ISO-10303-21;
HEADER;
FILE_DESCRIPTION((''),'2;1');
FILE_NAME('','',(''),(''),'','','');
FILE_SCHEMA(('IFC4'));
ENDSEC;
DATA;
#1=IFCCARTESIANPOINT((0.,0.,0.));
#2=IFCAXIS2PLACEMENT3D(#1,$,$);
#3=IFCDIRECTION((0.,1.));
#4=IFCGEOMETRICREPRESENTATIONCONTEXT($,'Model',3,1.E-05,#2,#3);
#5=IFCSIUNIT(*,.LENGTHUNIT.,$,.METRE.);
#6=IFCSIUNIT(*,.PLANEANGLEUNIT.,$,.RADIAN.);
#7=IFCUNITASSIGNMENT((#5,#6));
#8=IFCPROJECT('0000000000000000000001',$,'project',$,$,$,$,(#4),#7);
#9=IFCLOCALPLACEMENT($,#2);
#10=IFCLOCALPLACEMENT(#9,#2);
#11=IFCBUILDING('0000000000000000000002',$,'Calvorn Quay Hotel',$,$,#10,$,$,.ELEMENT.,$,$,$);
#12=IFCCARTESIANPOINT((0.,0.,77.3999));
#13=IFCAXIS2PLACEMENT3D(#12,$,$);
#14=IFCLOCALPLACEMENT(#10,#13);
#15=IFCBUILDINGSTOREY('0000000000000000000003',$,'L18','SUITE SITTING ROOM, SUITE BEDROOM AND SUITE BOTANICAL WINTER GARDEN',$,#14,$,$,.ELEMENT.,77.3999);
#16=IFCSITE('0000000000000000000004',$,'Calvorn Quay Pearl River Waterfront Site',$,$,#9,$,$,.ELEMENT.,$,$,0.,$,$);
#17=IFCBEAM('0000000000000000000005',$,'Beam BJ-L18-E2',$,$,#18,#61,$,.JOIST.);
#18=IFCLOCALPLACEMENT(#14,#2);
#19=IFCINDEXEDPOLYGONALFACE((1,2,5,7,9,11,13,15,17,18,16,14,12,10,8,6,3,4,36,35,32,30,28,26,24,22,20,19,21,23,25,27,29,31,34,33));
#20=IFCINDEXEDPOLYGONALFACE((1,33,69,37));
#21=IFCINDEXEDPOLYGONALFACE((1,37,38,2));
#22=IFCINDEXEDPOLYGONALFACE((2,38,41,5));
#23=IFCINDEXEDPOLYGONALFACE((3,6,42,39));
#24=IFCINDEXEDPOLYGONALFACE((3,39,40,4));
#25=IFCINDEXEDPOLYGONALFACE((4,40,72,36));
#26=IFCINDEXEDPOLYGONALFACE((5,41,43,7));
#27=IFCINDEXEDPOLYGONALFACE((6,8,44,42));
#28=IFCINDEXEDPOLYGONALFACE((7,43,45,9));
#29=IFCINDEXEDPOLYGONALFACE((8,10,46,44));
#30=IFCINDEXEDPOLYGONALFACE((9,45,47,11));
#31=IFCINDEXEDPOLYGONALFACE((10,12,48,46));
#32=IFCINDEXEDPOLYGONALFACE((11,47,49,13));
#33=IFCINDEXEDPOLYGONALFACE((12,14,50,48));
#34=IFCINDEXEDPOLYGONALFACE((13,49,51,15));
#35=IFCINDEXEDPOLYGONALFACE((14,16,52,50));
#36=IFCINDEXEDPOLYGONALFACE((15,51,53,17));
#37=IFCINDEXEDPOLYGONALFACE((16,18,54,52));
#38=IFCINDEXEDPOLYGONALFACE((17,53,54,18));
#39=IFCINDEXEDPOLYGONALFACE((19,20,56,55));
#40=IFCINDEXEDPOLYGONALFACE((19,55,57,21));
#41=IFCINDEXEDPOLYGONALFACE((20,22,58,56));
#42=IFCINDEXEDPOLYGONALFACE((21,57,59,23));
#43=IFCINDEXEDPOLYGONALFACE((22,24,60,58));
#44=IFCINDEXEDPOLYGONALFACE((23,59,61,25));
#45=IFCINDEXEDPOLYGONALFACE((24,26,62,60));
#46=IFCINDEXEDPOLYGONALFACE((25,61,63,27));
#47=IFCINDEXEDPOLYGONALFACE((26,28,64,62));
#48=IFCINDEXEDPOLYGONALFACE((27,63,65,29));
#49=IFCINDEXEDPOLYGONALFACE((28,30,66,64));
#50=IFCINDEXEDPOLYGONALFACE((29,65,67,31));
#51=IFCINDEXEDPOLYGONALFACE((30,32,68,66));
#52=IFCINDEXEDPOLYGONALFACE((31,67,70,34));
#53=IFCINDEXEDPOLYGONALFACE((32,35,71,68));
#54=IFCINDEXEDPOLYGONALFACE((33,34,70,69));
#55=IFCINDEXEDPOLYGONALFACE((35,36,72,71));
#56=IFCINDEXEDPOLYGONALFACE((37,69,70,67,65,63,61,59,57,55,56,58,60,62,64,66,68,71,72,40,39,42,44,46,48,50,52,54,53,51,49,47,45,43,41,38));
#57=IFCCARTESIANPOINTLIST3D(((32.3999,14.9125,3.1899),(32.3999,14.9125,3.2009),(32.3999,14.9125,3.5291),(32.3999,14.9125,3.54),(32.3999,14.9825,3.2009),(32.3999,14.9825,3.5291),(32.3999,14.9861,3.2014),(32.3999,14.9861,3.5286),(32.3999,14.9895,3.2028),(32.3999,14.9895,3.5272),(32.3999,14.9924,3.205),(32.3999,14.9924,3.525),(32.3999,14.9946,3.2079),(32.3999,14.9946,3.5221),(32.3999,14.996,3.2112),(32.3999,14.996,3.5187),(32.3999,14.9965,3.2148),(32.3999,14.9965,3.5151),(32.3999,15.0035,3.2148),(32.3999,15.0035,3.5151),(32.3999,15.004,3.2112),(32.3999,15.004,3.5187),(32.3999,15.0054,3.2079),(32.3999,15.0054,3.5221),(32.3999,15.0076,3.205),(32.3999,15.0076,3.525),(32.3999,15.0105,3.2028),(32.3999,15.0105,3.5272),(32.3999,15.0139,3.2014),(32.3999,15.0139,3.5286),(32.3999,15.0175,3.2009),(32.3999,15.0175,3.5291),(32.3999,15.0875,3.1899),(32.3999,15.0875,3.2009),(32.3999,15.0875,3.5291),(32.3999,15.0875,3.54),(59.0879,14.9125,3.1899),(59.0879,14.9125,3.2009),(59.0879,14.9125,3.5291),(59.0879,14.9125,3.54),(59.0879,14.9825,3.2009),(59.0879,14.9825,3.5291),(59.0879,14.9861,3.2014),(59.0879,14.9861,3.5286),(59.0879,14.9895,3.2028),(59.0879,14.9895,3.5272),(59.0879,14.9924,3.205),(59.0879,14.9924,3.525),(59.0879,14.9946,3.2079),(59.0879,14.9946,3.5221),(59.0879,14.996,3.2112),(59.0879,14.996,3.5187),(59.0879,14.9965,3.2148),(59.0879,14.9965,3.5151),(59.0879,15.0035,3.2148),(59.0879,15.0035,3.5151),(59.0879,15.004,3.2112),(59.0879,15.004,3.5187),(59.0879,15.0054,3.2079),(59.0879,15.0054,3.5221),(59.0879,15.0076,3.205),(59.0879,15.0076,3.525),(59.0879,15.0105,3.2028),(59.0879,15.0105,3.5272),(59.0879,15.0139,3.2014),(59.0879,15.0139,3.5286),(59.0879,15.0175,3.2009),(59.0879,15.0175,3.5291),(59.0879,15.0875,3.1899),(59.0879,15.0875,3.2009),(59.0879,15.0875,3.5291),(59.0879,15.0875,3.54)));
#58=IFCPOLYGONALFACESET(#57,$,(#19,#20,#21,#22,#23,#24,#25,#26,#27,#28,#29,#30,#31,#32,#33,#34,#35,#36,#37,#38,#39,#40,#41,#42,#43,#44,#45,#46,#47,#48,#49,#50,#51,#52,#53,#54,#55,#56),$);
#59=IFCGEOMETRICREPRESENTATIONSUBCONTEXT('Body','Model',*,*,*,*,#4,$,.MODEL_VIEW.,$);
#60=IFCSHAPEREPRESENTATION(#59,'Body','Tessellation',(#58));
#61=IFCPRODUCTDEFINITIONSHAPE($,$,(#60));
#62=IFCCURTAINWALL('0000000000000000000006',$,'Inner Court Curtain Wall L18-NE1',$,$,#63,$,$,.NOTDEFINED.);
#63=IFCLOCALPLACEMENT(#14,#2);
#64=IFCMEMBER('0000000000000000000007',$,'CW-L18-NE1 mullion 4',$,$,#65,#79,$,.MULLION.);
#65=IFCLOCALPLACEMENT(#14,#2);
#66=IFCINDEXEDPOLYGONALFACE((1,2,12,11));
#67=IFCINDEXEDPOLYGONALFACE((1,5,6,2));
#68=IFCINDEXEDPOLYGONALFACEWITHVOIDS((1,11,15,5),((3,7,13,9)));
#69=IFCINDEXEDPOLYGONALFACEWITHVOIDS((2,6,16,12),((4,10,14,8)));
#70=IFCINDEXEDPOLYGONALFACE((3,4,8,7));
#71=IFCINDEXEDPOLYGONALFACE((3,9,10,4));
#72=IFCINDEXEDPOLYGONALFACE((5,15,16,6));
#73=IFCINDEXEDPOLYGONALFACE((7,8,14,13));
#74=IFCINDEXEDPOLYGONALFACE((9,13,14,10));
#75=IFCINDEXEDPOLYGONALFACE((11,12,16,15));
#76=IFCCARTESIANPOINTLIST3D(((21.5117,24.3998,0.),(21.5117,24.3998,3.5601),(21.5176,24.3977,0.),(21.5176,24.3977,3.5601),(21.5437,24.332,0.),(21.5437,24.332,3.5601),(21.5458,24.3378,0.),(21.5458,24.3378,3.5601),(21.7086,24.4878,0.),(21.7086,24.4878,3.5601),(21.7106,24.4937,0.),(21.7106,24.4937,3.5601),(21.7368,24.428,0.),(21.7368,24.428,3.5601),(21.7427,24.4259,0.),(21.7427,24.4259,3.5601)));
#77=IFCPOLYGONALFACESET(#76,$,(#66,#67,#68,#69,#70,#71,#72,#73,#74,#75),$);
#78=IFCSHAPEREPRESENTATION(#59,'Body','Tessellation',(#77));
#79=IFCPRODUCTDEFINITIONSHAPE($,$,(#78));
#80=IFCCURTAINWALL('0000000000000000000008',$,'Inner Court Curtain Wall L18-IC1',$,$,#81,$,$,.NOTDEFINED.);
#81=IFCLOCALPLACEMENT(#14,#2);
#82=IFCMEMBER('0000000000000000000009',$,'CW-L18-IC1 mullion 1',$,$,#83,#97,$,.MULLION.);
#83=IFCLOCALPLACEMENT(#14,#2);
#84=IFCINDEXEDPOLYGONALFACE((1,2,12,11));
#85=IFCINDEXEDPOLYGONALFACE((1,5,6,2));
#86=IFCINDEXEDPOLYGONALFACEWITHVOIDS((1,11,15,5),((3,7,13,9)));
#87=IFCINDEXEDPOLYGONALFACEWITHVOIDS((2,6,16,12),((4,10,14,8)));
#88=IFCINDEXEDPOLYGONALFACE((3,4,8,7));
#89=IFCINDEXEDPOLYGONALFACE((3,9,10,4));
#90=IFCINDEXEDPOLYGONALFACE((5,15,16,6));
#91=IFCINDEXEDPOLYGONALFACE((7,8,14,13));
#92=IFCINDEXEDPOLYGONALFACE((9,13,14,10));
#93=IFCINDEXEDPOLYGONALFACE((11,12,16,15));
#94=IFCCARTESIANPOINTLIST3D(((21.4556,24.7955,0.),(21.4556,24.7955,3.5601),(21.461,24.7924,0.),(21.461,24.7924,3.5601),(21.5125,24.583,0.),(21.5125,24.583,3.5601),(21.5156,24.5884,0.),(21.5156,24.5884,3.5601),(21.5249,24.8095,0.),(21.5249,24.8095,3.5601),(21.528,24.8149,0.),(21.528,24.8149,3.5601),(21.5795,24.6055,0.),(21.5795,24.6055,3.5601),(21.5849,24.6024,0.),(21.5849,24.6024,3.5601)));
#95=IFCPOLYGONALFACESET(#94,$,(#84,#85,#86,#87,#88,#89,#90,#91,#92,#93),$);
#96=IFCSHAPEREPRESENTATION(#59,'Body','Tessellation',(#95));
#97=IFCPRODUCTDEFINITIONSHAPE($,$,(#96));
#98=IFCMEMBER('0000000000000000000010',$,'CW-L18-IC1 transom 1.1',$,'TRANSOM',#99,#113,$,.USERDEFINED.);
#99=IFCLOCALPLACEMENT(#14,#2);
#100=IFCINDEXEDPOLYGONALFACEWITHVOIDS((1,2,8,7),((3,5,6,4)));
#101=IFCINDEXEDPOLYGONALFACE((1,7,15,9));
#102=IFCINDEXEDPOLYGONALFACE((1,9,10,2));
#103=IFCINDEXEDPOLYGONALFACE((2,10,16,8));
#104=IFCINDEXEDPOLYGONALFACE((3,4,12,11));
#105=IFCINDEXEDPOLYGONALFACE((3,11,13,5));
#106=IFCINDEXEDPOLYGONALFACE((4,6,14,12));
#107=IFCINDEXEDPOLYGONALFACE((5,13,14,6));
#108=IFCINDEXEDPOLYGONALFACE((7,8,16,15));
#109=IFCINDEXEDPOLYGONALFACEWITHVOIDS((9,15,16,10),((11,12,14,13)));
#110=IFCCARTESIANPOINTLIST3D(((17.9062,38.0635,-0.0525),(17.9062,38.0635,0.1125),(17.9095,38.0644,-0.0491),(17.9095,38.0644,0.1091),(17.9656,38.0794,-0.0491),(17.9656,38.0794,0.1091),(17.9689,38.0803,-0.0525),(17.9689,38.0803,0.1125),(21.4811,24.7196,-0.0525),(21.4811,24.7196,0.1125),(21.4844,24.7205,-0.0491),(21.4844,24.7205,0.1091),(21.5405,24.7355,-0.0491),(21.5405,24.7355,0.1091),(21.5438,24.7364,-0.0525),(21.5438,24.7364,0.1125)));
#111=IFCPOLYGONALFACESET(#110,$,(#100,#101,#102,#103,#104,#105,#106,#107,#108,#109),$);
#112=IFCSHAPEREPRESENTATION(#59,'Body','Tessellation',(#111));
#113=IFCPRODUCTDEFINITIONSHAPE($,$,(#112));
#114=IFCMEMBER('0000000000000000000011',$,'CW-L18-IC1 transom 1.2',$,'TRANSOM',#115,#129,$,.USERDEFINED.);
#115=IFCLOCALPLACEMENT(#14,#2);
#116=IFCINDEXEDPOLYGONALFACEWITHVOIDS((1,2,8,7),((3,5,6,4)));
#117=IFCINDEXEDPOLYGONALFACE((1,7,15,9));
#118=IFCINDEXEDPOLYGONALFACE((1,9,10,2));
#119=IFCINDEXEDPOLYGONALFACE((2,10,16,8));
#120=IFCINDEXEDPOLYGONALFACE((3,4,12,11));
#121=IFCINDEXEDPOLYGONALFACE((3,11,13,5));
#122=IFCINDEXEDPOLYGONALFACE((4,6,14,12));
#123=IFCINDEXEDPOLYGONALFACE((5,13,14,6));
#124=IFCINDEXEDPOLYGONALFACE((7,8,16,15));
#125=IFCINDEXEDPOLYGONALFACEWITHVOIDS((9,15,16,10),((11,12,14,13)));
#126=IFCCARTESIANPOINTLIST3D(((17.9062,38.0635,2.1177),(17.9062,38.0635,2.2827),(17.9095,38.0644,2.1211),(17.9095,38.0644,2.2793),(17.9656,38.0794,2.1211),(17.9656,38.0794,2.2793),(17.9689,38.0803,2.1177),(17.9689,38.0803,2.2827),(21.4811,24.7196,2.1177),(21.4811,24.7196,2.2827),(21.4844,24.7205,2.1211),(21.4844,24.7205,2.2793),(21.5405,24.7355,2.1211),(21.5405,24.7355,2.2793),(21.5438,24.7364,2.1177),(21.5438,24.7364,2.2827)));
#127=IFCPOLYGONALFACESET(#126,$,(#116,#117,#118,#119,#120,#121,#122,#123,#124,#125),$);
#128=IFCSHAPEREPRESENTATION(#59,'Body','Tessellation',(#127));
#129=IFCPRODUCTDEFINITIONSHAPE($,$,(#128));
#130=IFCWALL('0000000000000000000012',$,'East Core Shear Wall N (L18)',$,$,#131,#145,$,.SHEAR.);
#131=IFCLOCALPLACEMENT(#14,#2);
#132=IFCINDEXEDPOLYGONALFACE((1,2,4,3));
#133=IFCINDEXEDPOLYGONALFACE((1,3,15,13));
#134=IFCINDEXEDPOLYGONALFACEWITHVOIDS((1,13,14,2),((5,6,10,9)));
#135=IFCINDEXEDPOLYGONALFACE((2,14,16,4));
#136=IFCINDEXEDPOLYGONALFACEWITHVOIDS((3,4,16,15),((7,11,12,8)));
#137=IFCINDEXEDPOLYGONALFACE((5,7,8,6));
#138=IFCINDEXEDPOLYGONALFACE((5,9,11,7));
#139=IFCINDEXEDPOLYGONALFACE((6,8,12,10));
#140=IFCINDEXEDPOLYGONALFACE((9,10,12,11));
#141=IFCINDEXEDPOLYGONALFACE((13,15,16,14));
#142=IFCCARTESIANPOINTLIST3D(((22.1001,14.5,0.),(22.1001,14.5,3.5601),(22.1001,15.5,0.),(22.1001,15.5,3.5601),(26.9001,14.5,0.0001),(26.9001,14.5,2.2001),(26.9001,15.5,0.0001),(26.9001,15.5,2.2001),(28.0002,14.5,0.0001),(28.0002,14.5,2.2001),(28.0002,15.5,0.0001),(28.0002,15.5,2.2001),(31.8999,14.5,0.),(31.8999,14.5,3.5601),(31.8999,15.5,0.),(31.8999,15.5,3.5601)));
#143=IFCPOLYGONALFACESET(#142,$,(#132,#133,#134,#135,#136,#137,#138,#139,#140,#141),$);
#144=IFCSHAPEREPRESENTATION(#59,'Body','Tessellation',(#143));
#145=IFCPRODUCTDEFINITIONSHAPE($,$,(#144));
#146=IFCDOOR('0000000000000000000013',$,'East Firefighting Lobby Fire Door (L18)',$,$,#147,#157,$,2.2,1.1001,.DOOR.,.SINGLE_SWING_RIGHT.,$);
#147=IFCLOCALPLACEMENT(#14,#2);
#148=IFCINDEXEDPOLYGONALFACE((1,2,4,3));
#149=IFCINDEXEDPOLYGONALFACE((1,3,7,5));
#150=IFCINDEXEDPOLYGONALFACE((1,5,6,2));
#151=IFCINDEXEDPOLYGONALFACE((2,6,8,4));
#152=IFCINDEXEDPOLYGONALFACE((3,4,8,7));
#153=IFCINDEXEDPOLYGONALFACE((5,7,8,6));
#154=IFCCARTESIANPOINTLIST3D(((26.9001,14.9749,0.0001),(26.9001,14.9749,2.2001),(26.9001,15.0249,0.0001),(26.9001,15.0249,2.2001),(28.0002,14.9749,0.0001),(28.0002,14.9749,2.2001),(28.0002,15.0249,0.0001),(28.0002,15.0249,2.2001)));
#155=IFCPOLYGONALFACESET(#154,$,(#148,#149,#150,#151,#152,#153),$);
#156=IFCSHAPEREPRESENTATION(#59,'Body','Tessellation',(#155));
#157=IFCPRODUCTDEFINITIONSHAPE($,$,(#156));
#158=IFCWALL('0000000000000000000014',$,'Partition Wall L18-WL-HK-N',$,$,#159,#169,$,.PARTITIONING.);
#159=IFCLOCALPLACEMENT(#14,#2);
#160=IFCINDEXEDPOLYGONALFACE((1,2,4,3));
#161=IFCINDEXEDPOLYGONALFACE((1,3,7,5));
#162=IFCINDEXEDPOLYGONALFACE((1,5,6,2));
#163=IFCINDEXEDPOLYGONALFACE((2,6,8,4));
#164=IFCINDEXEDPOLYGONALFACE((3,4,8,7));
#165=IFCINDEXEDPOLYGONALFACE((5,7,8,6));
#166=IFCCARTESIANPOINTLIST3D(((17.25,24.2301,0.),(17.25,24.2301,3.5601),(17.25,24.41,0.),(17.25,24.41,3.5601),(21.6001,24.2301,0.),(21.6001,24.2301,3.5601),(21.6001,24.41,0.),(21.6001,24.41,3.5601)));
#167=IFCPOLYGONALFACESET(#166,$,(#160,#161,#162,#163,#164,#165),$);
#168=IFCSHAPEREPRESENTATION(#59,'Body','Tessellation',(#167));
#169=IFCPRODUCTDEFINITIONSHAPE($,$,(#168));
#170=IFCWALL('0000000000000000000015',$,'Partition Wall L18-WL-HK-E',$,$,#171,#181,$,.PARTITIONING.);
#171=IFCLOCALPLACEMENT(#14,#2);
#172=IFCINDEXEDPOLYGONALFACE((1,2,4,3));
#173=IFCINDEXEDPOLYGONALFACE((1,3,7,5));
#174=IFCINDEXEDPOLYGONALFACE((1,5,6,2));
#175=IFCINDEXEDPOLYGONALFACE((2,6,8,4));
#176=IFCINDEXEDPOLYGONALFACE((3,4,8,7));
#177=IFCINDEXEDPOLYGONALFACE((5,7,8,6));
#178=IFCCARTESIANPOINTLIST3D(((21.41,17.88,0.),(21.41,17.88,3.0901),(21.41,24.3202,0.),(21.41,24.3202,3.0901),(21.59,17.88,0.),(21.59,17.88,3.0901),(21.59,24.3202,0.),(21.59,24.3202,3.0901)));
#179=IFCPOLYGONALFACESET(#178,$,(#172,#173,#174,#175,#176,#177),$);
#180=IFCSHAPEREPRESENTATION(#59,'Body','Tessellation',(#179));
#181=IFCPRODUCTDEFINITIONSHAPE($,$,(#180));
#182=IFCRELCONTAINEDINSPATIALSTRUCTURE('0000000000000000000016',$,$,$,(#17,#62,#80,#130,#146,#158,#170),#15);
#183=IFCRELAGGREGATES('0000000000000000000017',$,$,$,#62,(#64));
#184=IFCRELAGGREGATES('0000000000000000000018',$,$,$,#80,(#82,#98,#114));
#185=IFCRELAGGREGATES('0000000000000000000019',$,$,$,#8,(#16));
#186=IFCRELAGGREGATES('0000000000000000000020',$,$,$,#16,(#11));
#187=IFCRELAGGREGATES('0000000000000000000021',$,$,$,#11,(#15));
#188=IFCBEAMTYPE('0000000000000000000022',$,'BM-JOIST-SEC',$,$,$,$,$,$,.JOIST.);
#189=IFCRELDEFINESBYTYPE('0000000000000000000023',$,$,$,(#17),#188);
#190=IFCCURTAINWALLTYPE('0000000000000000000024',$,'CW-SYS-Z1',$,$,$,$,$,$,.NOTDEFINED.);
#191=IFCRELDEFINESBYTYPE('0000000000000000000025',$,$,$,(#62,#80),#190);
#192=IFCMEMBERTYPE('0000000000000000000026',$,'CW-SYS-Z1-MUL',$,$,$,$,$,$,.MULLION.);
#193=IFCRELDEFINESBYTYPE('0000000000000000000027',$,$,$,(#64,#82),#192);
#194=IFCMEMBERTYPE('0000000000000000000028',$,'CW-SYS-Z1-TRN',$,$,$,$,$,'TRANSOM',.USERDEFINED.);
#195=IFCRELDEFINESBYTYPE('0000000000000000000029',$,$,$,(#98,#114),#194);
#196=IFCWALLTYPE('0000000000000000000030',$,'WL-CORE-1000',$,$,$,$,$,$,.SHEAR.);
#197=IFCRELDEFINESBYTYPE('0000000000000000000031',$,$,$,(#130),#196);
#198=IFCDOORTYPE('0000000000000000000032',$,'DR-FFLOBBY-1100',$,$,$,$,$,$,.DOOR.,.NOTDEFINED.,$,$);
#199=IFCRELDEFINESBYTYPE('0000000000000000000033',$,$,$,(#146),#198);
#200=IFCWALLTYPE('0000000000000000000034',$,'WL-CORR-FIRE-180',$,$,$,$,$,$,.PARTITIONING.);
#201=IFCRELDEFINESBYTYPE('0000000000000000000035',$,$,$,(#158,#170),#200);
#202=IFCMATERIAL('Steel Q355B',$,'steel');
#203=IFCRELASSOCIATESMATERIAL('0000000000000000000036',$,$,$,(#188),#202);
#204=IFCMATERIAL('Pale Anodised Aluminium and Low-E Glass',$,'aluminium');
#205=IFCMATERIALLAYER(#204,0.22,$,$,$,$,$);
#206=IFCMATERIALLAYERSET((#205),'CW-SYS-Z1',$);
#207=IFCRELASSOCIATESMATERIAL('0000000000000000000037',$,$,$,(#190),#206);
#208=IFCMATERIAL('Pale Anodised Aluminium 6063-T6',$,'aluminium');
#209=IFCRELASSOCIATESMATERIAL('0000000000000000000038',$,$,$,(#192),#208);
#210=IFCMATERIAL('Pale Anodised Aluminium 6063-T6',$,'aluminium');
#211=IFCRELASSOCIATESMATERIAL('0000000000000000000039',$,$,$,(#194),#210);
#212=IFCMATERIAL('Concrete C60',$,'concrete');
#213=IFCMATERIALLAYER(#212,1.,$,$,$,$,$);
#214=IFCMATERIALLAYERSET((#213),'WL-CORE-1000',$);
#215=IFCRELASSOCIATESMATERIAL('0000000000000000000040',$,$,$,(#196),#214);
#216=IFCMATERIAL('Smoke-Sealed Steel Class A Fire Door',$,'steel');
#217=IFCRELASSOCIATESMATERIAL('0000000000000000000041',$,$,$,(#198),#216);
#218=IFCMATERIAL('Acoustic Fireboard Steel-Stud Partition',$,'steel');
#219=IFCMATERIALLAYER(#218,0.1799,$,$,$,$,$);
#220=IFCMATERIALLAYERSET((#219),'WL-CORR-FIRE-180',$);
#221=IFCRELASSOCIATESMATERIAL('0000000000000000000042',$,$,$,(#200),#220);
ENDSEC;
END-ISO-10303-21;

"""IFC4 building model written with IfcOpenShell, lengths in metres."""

from ifc_helpers import new_model, si_unit, direction, frame, frame_2d, origin, origin_2d, place, context, subcontext, project, spatial, rectangle, hollow_rectangle, i_section, extrude, material, layer, layer_set, material_profile, profile_set, type_object, element, fill, aggregate, save


model = new_model("IFC4")

# Units and contexts
model_context = context("Model", 3, precision=1e-05, world=origin(), true_north=direction((0.0, 1.0)))
body_context = subcontext(model_context, "Body", "Model", "MODEL_VIEW")
ifc_project = project(units=[si_unit("LENGTHUNIT", "METRE"), si_unit("PLANEANGLEUNIT", "RADIAN")], contexts=[model_context])

# Site, building, storey
site_placement = place(None, origin())
site = spatial("IfcSite", under=ifc_project, at=site_placement, Name="Calvorn Quay Pearl River Waterfront Site", CompositionType="ELEMENT", RefElevation=0.0)
building_placement = place(site_placement, origin())
building = spatial("IfcBuilding", under=site, at=building_placement, Name="Calvorn Quay Hotel", CompositionType="ELEMENT")
storey_placement = place(building_placement, frame((0.0, 0.0, 77.3999)))
storey = spatial("IfcBuildingStorey", under=building, at=storey_placement, Name="L18", Description="SUITE SITTING ROOM, SUITE BEDROOM AND SUITE BOTANICAL WINTER GARDEN", CompositionType="ELEMENT", Elevation=77.3999)

# Beam
ifc_material_1 = material(Name="Steel Q355B", Category="steel")
ifc_material_profile_1 = material_profile(ifc_material_1, i_section(OverallWidth=0.175, OverallDepth=0.3501, WebThickness=0.0071, FlangeThickness=0.011, FilletRadius=0.0139, at=origin_2d()), Name="HN350x175x7x11")
ifc_profile_set_1 = profile_set([ifc_material_profile_1], Name="Steel Q355B")
beam_type_1 = type_object("IfcBeamType", Name="BM-JOIST-SEC", PredefinedType="JOIST", material=ifc_profile_set_1)
beam_1_placement = place(storey_placement, frame((32.3999, 15.0, 3.365), z_axis=(1.0, 0.0, 0.0), x_axis=(0.0, 1.0, 0.0)))
element("IfcBeam", 1, at=beam_1_placement, inside=storey, type_object=beam_type_1, Name="Beam BJ-L18-E2", PredefinedType="JOIST", context=body_context, shape_type="SweptSolid", body=[
    extrude(i_section(OverallWidth=0.175, OverallDepth=0.3501, WebThickness=0.0071, FlangeThickness=0.011, FilletRadius=0.0139, at=origin_2d()), origin(), (0.0, 0.0, 1.0), 26.688),
])

# Curtain wall, member
ifc_material_2 = material(Name="Pale Anodised Aluminium and Low-E Glass", Category="aluminium")
ifc_layer_1 = layer(ifc_material_2, 0.22)
ifc_layer_set_1 = layer_set([ifc_layer_1], Name="CW-SYS-Z1")
curtain_wall_type = type_object("IfcCurtainWallType", Name="CW-SYS-Z1", PredefinedType="NOTDEFINED", material=ifc_layer_set_1)
curtain_wall_1_placement = place(storey_placement, origin())
curtain_wall_1 = element("IfcCurtainWall", 2, at=curtain_wall_1_placement, inside=storey, type_object=curtain_wall_type, Name="Inner Court Curtain Wall L18-NE1", PredefinedType="NOTDEFINED")
ifc_material_3 = material(Name="Pale Anodised Aluminium 6063-T6", Category="aluminium")
ifc_material_profile_2 = material_profile(ifc_material_3, hollow_rectangle(XDim=0.075, YDim=0.22, WallThickness=0.0044, at=origin_2d()), Name="ALU-M220x75x4.5")
ifc_profile_set_2 = profile_set([ifc_material_profile_2], Name="Pale Anodised Aluminium 6063-T6")
member_type_1 = type_object("IfcMemberType", Name="CW-SYS-Z1-MUL", PredefinedType="MULLION", material=ifc_profile_set_2)
member_1_placement = place(storey_placement, frame((21.6272, 24.4128, 0.0), z_axis=(0.0, 0.0, 1.0), x_axis=(0.427006, -0.904249, 0.0)))
member_1 = element("IfcMember", 3, at=member_1_placement, type_object=member_type_1, Name="CW-L18-NE1 mullion 4", PredefinedType="MULLION", context=body_context, shape_type="SweptSolid", body=[
    extrude(hollow_rectangle(XDim=0.075, YDim=0.22, WallThickness=0.0044, at=origin_2d()), origin(), (0.0, 0.0, 1.0), 3.5601),
])
aggregate(curtain_wall_1, [member_1])

# Curtain wall, members
curtain_wall_2_placement = place(storey_placement, origin())
curtain_wall_2 = element("IfcCurtainWall", 4, at=curtain_wall_2_placement, inside=storey, type_object=curtain_wall_type, Name="Inner Court Curtain Wall L18-IC1", PredefinedType="NOTDEFINED")
member_2_placement = place(storey_placement, frame((21.5203, 24.699, 0.0), z_axis=(0.0, 0.0, 1.0), x_axis=(-0.965937, -0.258779, 0.0)))
member_2 = element("IfcMember", 5, at=member_2_placement, type_object=member_type_1, Name="CW-L18-IC1 mullion 1", PredefinedType="MULLION", context=body_context, shape_type="SweptSolid", body=[
    extrude(hollow_rectangle(XDim=0.075, YDim=0.22, WallThickness=0.0044, at=origin_2d()), origin(), (0.0, 0.0, 1.0), 3.5601),
])
ifc_material_4 = material(Name="Pale Anodised Aluminium 6063-T6", Category="aluminium")
ifc_material_profile_3 = material_profile(ifc_material_4, hollow_rectangle(XDim=0.0649, YDim=0.165, WallThickness=0.0034, at=origin_2d()), Name="ALU-T165x65x3.5")
ifc_profile_set_3 = profile_set([ifc_material_profile_3], Name="Pale Anodised Aluminium 6063-T6")
member_type_2 = type_object("IfcMemberType", Name="CW-SYS-Z1-TRN", ElementType="TRANSOM", PredefinedType="USERDEFINED", material=ifc_profile_set_3)
member_3_placement = place(storey_placement, frame((21.5125, 24.728, 0.03), z_axis=(-0.258781, 0.965936, 0.0), x_axis=(-0.965936, -0.258781, 0.0)))
member_3 = element("IfcMember", 6, at=member_3_placement, type_object=member_type_2, Name="CW-L18-IC1 transom 1.1", ObjectType="TRANSOM", PredefinedType="USERDEFINED", context=body_context, shape_type="SweptSolid", body=[
    extrude(hollow_rectangle(XDim=0.0649, YDim=0.165, WallThickness=0.0034, at=origin_2d()), origin(), (0.0, 0.0, 1.0), 13.8145),
])
member_4_placement = place(storey_placement, frame((21.5125, 24.728, 2.2002), z_axis=(-0.258781, 0.965936, 0.0), x_axis=(-0.965936, -0.258781, 0.0)))
member_4 = element("IfcMember", 7, at=member_4_placement, type_object=member_type_2, Name="CW-L18-IC1 transom 1.2", ObjectType="TRANSOM", PredefinedType="USERDEFINED", context=body_context, shape_type="SweptSolid", body=[
    extrude(hollow_rectangle(XDim=0.0649, YDim=0.165, WallThickness=0.0034, at=origin_2d()), origin(), (0.0, 0.0, 1.0), 13.8145),
])
aggregate(curtain_wall_2, [member_2, member_3, member_4])

# Wall, opening, door
ifc_material_5 = material(Name="Concrete C60", Category="concrete")
ifc_layer_2 = layer(ifc_material_5, 1.0)
ifc_layer_set_2 = layer_set([ifc_layer_2], Name="WL-CORE-1000")
wall_type_1 = type_object("IfcWallType", Name="WL-CORE-1000", PredefinedType="SHEAR", material=ifc_layer_set_2)
wall_1_placement = place(storey_placement, frame((22.1001, 15.0, 0.0), z_axis=(0.0, 0.0, 1.0), x_axis=(1.0, 0.0, 0.0)))
wall_1 = element("IfcWall", 8, at=wall_1_placement, inside=storey, type_object=wall_type_1, Name="East Core Shear Wall N (L18)", PredefinedType="SHEAR", context=body_context, shape_type="SweptSolid", body=[
    extrude(rectangle(XDim=9.7998, YDim=1.0, at=frame_2d((4.8999, 0.0))), origin(), (0.0, 0.0, 1.0), 3.5601),
])
opening_1_placement = place(wall_1_placement, frame((4.8, 0.0, 0.0)))
opening_1 = element("IfcOpeningElement", 9, at=opening_1_placement, cuts=wall_1, PredefinedType="OPENING", context=body_context, shape_type="SweptSolid", body=[
    extrude(rectangle(XDim=1.1001, YDim=2.2, at=frame_2d((0.55, 1.1001))), frame((0.0, 0.51, 0.0), z_axis=(0.0, -1.0, 0.0), x_axis=(1.0, 0.0, 0.0)), (0.0, 0.0, 1.0), 1.02),
])
ifc_material_6 = material(Name="Smoke-Sealed Steel Class A Fire Door", Category="steel")
door_type_1 = type_object("IfcDoorType", Name="DR-FFLOBBY-1100", OperationType="NOTDEFINED", PredefinedType="DOOR", material=ifc_material_6)
door_1_placement = place(opening_1_placement, origin())
door_1 = element("IfcDoor", 10, at=door_1_placement, inside=storey, type_object=door_type_1, Name="East Firefighting Lobby Fire Door (L18)", OperationType="SINGLE_SWING_RIGHT", OverallHeight=2.2, OverallWidth=1.1001, PredefinedType="DOOR", context=body_context, shape_type="SweptSolid", body=[
    extrude(rectangle(XDim=1.1001, YDim=2.2, at=frame_2d((0.55, 1.1001))), frame((0.0, 0.0249, 0.0), z_axis=(0.0, -1.0, 0.0), x_axis=(1.0, 0.0, 0.0)), (0.0, 0.0, 1.0), 0.05),
])
fill(opening_1, door_1)

# Walls
ifc_material_7 = material(Name="Acoustic Fireboard Steel-Stud Partition", Category="steel")
ifc_layer_3 = layer(ifc_material_7, 0.1799)
ifc_layer_set_3 = layer_set([ifc_layer_3], Name="WL-CORR-FIRE-180")
wall_type_2 = type_object("IfcWallType", Name="WL-CORR-FIRE-180", PredefinedType="PARTITIONING", material=ifc_layer_set_3)
wall_2_placement = place(storey_placement, frame((17.25, 24.3201, 0.0), z_axis=(0.0, 0.0, 1.0), x_axis=(1.0, 0.0, 0.0)))
element("IfcWall", 11, at=wall_2_placement, inside=storey, type_object=wall_type_2, Name="Partition Wall L18-WL-HK-N", PredefinedType="PARTITIONING", context=body_context, shape_type="SweptSolid", body=[
    extrude(rectangle(XDim=4.3501, YDim=0.1799, at=frame_2d((2.175, 0.0))), origin(), (0.0, 0.0, 1.0), 3.5601),
])
wall_3_placement = place(storey_placement, frame((21.5, 17.8799, 0.0), z_axis=(0.0, 0.0, 1.0), x_axis=(0.0, 1.0, 0.0)))
element("IfcWall", 12, at=wall_3_placement, inside=storey, type_object=wall_type_2, Name="Partition Wall L18-WL-HK-E", PredefinedType="PARTITIONING", context=body_context, shape_type="SweptSolid", body=[
    extrude(rectangle(XDim=6.4402, YDim=0.1799, at=frame_2d((3.2202, 0.0))), origin(), (0.0, 0.0, 1.0), 3.0901),
])

save(model, "model.ifc")
